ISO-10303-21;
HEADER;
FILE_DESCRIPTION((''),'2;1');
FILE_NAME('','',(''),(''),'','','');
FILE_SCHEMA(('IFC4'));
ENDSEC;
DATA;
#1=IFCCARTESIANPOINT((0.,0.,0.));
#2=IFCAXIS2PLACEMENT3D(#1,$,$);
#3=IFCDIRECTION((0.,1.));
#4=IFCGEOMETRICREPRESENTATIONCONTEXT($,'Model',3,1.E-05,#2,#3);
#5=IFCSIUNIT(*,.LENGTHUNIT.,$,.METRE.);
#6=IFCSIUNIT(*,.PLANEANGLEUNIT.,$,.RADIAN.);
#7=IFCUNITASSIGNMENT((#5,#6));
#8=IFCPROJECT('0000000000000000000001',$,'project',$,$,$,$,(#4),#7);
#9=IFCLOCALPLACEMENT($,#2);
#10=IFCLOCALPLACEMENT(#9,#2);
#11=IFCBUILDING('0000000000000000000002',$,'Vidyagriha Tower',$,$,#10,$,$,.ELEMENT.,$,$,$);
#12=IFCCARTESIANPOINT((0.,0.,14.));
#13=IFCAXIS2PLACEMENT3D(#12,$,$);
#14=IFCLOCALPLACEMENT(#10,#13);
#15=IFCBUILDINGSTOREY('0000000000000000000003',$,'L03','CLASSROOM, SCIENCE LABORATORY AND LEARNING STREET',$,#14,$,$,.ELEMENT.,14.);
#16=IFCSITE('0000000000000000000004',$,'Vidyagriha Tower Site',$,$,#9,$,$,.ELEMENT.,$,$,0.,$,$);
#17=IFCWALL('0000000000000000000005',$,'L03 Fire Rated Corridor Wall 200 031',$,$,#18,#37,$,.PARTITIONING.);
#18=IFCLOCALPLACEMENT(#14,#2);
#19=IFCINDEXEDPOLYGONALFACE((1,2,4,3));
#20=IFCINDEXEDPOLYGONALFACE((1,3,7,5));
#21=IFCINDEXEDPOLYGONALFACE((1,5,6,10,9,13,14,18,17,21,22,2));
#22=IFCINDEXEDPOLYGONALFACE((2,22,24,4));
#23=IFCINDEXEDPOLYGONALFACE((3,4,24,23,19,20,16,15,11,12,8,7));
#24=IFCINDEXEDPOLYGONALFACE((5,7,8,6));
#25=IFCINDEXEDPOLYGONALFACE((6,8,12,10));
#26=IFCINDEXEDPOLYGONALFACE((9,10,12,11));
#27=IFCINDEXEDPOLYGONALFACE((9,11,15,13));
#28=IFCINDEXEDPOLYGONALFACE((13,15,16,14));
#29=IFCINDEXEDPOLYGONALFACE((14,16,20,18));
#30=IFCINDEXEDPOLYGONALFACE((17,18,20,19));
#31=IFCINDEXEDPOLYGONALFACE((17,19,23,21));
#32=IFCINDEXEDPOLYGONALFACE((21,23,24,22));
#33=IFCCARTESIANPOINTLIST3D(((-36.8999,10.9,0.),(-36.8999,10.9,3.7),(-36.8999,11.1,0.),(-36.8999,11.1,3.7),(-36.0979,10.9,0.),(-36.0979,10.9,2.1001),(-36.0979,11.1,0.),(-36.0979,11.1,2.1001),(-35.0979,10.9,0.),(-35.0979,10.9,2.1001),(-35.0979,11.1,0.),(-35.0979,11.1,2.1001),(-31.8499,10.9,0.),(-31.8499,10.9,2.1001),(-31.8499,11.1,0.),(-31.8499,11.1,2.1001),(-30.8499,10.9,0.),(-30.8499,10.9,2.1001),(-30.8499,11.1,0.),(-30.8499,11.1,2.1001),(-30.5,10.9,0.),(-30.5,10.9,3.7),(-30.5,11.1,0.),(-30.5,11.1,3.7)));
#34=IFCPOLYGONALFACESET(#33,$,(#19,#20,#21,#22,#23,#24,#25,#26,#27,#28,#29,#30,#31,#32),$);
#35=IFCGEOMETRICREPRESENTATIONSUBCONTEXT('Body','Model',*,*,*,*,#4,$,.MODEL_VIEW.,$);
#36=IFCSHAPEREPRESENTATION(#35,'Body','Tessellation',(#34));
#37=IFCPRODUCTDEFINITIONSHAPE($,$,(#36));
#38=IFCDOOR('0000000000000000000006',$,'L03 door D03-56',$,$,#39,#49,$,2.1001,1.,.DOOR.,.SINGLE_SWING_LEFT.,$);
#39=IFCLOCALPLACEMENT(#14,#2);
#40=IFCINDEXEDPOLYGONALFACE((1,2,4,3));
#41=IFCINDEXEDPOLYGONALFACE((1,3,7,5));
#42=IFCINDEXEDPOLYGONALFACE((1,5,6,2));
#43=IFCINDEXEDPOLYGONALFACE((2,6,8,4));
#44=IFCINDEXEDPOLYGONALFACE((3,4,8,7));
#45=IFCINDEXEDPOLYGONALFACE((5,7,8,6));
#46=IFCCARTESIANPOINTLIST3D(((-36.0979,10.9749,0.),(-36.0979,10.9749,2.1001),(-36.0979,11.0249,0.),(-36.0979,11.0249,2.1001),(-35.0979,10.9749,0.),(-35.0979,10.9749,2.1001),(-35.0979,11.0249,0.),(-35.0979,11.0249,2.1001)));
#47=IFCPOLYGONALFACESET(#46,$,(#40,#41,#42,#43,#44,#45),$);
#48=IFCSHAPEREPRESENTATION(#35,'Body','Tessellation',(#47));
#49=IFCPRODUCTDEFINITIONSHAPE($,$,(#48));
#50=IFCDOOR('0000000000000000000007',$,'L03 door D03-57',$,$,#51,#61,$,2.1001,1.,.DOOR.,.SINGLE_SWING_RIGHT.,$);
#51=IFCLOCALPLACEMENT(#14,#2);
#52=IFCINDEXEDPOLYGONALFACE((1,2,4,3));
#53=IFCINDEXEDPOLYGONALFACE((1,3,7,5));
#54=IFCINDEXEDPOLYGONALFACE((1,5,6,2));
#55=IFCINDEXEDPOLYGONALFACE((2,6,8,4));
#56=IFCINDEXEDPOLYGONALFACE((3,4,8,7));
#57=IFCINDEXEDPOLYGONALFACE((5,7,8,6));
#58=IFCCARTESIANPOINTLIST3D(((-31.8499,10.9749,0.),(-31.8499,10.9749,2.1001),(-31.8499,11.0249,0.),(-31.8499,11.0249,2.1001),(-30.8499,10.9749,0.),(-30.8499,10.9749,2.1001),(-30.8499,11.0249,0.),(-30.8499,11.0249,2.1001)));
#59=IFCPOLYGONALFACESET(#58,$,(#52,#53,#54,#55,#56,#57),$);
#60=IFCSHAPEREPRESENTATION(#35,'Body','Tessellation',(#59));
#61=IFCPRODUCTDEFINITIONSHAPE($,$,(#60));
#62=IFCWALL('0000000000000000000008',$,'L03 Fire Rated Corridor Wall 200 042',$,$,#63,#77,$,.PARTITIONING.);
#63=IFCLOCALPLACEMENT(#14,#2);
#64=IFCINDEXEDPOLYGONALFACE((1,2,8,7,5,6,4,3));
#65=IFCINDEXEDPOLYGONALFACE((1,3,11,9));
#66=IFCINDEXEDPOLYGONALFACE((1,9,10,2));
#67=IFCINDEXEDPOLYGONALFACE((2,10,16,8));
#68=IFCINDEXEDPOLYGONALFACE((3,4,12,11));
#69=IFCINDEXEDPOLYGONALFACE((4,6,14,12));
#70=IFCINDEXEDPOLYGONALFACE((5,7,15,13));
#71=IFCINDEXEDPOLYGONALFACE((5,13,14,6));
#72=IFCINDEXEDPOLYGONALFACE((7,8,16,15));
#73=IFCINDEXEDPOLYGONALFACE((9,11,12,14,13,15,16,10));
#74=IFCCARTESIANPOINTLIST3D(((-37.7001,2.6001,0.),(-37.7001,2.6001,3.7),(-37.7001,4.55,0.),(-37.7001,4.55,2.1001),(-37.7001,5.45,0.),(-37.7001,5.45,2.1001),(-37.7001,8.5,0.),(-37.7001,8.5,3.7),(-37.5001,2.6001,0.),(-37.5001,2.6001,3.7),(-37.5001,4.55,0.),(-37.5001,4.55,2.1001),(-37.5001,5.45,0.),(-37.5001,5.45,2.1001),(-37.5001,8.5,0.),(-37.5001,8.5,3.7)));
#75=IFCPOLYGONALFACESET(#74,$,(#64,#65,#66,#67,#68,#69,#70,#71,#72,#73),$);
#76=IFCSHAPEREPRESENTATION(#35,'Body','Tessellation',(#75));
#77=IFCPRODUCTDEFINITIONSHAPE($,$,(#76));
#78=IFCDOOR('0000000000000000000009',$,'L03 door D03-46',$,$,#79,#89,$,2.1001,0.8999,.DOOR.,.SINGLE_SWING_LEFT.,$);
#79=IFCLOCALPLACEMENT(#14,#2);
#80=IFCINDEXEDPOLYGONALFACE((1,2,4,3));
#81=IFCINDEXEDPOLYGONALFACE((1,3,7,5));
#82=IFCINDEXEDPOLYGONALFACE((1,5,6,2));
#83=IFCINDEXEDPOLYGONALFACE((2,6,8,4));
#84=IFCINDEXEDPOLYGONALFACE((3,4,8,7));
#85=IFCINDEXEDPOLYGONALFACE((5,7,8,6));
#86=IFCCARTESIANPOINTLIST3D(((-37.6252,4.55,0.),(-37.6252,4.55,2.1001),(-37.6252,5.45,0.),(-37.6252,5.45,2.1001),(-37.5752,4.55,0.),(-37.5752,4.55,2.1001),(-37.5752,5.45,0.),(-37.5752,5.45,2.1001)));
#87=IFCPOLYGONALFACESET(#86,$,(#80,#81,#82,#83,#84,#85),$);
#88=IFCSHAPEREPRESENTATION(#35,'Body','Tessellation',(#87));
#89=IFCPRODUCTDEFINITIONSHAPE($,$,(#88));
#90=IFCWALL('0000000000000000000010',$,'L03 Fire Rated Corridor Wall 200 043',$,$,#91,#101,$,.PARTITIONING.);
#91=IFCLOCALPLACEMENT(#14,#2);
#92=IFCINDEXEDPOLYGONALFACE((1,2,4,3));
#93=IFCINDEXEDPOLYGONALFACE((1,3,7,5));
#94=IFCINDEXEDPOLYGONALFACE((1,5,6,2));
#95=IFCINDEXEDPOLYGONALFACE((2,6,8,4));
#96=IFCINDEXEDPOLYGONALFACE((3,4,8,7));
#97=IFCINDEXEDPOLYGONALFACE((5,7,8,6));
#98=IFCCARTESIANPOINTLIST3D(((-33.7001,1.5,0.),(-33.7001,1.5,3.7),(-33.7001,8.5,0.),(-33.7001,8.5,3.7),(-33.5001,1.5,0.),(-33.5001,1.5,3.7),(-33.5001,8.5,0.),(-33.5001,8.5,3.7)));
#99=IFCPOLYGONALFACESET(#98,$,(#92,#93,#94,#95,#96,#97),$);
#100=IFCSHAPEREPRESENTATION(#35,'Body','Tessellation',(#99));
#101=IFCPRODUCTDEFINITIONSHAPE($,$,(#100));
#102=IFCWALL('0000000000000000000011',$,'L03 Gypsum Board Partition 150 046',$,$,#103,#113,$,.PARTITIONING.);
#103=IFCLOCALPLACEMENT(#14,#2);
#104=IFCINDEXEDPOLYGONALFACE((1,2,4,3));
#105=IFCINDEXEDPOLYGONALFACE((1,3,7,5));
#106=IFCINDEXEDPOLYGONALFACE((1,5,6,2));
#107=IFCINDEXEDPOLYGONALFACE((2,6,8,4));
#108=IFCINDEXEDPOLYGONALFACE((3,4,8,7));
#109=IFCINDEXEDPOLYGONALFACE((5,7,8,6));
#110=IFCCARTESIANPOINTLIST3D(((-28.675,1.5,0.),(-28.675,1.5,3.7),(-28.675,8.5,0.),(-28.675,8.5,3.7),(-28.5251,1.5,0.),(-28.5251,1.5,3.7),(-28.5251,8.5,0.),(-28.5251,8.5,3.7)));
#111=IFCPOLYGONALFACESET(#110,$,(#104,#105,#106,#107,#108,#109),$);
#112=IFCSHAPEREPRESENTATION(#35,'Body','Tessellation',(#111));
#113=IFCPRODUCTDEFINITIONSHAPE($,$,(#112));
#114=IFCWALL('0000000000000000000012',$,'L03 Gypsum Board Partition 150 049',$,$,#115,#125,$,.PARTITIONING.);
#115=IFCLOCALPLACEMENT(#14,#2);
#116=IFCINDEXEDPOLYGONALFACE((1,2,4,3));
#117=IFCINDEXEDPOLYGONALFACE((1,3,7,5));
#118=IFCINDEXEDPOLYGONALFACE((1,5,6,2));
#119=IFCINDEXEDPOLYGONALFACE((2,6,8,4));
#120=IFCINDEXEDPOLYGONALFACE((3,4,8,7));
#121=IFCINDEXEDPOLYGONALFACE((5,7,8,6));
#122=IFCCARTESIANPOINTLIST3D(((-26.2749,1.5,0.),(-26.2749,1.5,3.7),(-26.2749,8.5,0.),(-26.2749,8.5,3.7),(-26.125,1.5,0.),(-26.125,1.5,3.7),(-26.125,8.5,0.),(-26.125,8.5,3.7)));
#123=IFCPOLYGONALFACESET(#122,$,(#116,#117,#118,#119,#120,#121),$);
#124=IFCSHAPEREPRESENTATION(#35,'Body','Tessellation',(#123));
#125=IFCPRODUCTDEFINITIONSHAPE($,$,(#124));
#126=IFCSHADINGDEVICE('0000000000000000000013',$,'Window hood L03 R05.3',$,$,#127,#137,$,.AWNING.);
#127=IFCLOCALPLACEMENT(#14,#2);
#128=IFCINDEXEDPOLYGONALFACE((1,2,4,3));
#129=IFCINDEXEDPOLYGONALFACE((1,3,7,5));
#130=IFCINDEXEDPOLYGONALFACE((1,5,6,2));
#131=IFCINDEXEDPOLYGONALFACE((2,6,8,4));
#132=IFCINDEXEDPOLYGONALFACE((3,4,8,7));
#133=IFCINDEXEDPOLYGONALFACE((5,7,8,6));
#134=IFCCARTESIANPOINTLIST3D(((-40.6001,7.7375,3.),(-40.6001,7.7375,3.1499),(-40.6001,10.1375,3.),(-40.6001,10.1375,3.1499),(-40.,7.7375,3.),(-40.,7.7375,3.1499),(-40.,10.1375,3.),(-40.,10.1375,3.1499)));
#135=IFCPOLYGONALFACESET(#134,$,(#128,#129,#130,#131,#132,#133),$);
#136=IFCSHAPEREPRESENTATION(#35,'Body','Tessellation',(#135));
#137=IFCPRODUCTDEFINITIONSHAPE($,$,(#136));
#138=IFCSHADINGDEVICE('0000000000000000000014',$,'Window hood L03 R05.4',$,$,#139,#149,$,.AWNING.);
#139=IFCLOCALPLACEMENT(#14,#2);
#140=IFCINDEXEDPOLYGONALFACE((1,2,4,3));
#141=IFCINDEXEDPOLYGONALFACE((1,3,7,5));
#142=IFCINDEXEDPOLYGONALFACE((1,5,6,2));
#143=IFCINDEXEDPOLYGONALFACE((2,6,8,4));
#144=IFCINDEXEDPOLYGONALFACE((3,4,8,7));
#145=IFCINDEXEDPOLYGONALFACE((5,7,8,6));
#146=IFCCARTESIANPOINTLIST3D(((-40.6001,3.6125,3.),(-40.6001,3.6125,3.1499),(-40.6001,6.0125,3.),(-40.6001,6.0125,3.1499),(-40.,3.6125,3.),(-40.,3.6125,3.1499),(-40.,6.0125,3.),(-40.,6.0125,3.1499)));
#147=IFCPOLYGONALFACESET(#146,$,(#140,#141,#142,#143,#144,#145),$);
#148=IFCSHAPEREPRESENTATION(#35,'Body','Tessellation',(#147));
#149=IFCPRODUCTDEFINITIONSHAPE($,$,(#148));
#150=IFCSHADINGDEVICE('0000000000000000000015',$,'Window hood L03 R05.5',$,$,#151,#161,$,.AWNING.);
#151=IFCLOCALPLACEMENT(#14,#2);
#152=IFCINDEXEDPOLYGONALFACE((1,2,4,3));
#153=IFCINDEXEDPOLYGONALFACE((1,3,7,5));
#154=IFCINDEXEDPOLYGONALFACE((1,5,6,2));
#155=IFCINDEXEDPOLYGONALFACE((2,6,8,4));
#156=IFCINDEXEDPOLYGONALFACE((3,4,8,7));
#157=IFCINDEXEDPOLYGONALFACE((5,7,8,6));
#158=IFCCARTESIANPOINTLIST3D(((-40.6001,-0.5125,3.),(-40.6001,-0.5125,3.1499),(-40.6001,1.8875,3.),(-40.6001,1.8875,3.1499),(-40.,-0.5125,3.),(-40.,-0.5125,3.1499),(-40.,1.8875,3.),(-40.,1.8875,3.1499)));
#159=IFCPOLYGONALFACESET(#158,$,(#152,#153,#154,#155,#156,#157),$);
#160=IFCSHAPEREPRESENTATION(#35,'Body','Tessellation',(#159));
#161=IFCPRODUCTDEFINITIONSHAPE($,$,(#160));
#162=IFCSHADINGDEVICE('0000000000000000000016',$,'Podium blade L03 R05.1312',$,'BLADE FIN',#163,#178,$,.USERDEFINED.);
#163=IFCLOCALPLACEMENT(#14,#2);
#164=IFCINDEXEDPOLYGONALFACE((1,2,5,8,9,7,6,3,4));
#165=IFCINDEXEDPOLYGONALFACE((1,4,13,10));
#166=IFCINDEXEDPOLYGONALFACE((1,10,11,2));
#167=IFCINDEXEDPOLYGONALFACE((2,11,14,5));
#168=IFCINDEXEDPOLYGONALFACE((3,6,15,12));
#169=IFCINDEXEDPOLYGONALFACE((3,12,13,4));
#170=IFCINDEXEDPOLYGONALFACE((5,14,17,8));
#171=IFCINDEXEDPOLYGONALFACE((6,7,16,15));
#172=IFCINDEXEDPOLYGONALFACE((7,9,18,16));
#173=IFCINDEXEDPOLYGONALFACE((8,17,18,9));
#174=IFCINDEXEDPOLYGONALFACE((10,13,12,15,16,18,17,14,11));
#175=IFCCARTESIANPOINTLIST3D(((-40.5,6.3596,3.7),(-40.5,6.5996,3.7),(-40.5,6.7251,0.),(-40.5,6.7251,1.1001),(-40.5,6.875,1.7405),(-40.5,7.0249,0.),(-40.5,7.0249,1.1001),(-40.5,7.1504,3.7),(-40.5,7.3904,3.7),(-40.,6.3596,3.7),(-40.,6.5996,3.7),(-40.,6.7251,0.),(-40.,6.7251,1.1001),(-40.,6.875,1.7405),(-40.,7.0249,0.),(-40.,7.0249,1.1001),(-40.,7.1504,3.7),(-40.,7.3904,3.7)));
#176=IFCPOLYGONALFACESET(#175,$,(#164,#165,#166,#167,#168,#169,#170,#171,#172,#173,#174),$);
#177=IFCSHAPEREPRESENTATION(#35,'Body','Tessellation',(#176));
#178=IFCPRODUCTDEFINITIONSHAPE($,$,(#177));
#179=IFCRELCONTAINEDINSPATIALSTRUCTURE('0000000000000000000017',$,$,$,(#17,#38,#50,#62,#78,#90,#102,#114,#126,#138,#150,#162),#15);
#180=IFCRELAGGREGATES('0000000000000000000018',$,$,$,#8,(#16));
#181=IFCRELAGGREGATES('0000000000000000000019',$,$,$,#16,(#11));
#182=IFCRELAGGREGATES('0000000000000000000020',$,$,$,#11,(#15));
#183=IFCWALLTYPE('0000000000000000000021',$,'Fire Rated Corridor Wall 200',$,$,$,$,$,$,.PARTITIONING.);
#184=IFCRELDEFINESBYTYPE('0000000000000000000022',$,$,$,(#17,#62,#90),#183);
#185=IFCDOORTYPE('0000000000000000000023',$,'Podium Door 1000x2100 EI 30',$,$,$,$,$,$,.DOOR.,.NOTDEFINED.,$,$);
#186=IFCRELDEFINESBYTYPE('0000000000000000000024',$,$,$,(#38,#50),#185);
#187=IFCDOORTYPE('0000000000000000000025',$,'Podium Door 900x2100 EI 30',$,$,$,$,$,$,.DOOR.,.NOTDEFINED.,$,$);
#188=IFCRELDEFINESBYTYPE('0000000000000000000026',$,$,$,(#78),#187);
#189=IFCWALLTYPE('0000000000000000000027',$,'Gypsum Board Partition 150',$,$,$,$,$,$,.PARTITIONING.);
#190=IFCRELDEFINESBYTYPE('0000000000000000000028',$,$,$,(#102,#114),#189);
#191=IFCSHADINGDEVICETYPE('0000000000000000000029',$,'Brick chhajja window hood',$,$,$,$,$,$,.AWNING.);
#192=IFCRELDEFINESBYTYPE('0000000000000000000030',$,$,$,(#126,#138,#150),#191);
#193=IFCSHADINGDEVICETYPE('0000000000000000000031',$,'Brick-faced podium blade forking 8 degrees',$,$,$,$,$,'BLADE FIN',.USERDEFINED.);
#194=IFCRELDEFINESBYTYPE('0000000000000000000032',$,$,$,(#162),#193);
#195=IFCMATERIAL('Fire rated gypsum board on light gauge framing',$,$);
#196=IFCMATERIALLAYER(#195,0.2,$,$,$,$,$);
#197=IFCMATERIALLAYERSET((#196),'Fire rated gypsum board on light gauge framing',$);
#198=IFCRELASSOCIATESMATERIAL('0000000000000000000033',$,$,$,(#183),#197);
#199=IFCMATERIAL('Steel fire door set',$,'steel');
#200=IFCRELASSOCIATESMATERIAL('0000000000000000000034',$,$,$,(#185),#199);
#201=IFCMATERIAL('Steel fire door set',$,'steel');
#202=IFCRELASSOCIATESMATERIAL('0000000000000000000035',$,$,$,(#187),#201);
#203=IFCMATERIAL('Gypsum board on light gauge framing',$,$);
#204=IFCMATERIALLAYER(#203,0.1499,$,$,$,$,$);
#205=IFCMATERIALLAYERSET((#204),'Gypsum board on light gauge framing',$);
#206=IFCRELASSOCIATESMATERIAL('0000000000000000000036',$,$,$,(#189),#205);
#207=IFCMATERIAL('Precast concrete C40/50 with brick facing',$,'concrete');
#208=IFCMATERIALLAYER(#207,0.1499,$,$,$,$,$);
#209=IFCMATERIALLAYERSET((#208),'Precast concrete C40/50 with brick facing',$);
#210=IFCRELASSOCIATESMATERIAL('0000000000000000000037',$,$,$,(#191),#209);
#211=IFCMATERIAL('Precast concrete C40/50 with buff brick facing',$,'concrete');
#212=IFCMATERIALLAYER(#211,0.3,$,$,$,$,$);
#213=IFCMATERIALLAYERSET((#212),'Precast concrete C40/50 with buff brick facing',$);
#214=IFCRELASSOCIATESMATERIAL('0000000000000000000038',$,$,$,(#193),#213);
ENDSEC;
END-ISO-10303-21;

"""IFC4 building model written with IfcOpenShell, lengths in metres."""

from ifc_helpers import new_model, si_unit, direction, frame, frame_2d, origin, origin_2d, place, context, subcontext, project, spatial, polyline, rectangle, outline, extrude, material, layer, layer_set, type_object, element, fill, save


model = new_model("IFC4")

# Units and contexts
model_context = context("Model", 3, precision=1e-05, world=origin(), true_north=direction((0.0, 1.0)))
body_context = subcontext(model_context, "Body", "Model", "MODEL_VIEW")
ifc_project = project(units=[si_unit("LENGTHUNIT", "METRE"), si_unit("PLANEANGLEUNIT", "RADIAN")], contexts=[model_context])

# Site, building, storey
site_placement = place(None, origin())
site = spatial("IfcSite", under=ifc_project, at=site_placement, Name="Vidyagriha Tower Site", CompositionType="ELEMENT", RefElevation=0.0)
building_placement = place(site_placement, origin())
building = spatial("IfcBuilding", under=site, at=building_placement, Name="Vidyagriha Tower", CompositionType="ELEMENT")
storey_placement = place(building_placement, frame((0.0, 0.0, 14.0)))
storey = spatial("IfcBuildingStorey", under=building, at=storey_placement, Name="L03", Description="CLASSROOM, SCIENCE LABORATORY AND LEARNING STREET", CompositionType="ELEMENT", Elevation=14.0)

# Shared definitions
ifc_material_1 = material(Name="Fire rated gypsum board on light gauge framing")
ifc_layer_1 = layer(ifc_material_1, 0.2)
ifc_layer_set_1 = layer_set([ifc_layer_1], Name="Fire rated gypsum board on light gauge framing")
wall_type_1 = type_object("IfcWallType", Name="Fire Rated Corridor Wall 200", PredefinedType="PARTITIONING", material=ifc_layer_set_1)
ifc_material_2 = material(Name="Steel fire door set", Category="steel")
door_type_1 = type_object("IfcDoorType", Name="Podium Door 1000x2100 EI 30", OperationType="NOTDEFINED", PredefinedType="DOOR", material=ifc_material_2)

# Wall, openings, doors
wall_1_placement = place(storey_placement, frame((-36.8999, 11.0, 0.0)))
wall_1 = element("IfcWall", 1, at=wall_1_placement, inside=storey, type_object=wall_type_1, Name="L03 Fire Rated Corridor Wall 200 031", PredefinedType="PARTITIONING", context=body_context, shape_type="SweptSolid", body=[
    extrude(rectangle(XDim=6.3999, YDim=0.2, at=frame_2d((3.2, 0.0))), origin(), (0.0, 0.0, 1.0), 3.7),
])
opening_1_placement = place(wall_1_placement, frame((0.802, 0.0, 0.0)))
opening_1 = element("IfcOpeningElement", 2, at=opening_1_placement, cuts=wall_1, PredefinedType="OPENING", context=body_context, shape_type="SweptSolid", body=[
    extrude(rectangle(XDim=1.0, YDim=2.1001, at=frame_2d((0.5, 1.05))), frame((0.0, 0.1099, 0.0), z_axis=(0.0, -1.0, 0.0), x_axis=(1.0, 0.0, 0.0)), (0.0, 0.0, 1.0), 0.22),
])
opening_2_placement = place(wall_1_placement, frame((5.05, 0.0, 0.0)))
opening_2 = element("IfcOpeningElement", 3, at=opening_2_placement, cuts=wall_1, PredefinedType="OPENING", context=body_context, shape_type="SweptSolid", body=[
    extrude(rectangle(XDim=1.0, YDim=2.1001, at=frame_2d((0.5, 1.05))), frame((0.0, 0.1099, 0.0), z_axis=(0.0, -1.0, 0.0), x_axis=(1.0, 0.0, 0.0)), (0.0, 0.0, 1.0), 0.22),
])
door_1_placement = place(opening_1_placement, origin())
door_1 = element("IfcDoor", 4, at=door_1_placement, inside=storey, type_object=door_type_1, Name="L03 door D03-56", OperationType="SINGLE_SWING_LEFT", OverallHeight=2.1001, OverallWidth=1.0, PredefinedType="DOOR", context=body_context, shape_type="SweptSolid", body=[
    extrude(rectangle(XDim=1.0, YDim=2.1001, at=frame_2d((0.5, 1.05))), frame((0.0, 0.0249, 0.0), z_axis=(0.0, -1.0, 0.0), x_axis=(1.0, 0.0, 0.0)), (0.0, 0.0, 1.0), 0.05),
])
fill(opening_1, door_1)
door_2_placement = place(opening_2_placement, origin())
door_2 = element("IfcDoor", 5, at=door_2_placement, inside=storey, type_object=door_type_1, Name="L03 door D03-57", OperationType="SINGLE_SWING_RIGHT", OverallHeight=2.1001, OverallWidth=1.0, PredefinedType="DOOR", context=body_context, shape_type="SweptSolid", body=[
    extrude(rectangle(XDim=1.0, YDim=2.1001, at=frame_2d((0.5, 1.05))), frame((0.0, 0.0249, 0.0), z_axis=(0.0, -1.0, 0.0), x_axis=(1.0, 0.0, 0.0)), (0.0, 0.0, 1.0), 0.05),
])
fill(opening_2, door_2)

# Wall, opening, door
wall_2_placement = place(storey_placement, frame((-37.6001, 2.6001, 0.0), z_axis=(0.0, 0.0, 1.0), x_axis=(0.0, 1.0, 0.0)))
wall_2 = element("IfcWall", 6, at=wall_2_placement, inside=storey, type_object=wall_type_1, Name="L03 Fire Rated Corridor Wall 200 042", PredefinedType="PARTITIONING", context=body_context, shape_type="SweptSolid", body=[
    extrude(rectangle(XDim=5.8999, YDim=0.2, at=frame_2d((2.95, 0.0))), origin(), (0.0, 0.0, 1.0), 3.7),
])
opening_3_placement = place(wall_2_placement, frame((1.95, 0.0, 0.0)))
opening_3 = element("IfcOpeningElement", 7, at=opening_3_placement, cuts=wall_2, PredefinedType="OPENING", context=body_context, shape_type="SweptSolid", body=[
    extrude(rectangle(XDim=0.8999, YDim=2.1001, at=frame_2d((0.45, 1.05))), frame((0.0, 0.1099, 0.0), z_axis=(0.0, -1.0, 0.0), x_axis=(1.0, 0.0, 0.0)), (0.0, 0.0, 1.0), 0.22),
])
ifc_material_3 = material(Name="Steel fire door set", Category="steel")
door_type_2 = type_object("IfcDoorType", Name="Podium Door 900x2100 EI 30", OperationType="NOTDEFINED", PredefinedType="DOOR", material=ifc_material_3)
door_3_placement = place(opening_3_placement, frame((0.8999, 0.0, 0.0), z_axis=(0.0, 0.0, 1.0), x_axis=(-1.0, 0.0, 0.0)))
door_3 = element("IfcDoor", 8, at=door_3_placement, inside=storey, type_object=door_type_2, Name="L03 door D03-46", OperationType="SINGLE_SWING_LEFT", OverallHeight=2.1001, OverallWidth=0.8999, PredefinedType="DOOR", context=body_context, shape_type="SweptSolid", body=[
    extrude(rectangle(XDim=0.8999, YDim=2.1001, at=frame_2d((0.45, 1.05))), frame((0.0, 0.0249, 0.0), z_axis=(0.0, -1.0, 0.0), x_axis=(1.0, 0.0, 0.0)), (0.0, 0.0, 1.0), 0.05),
])
fill(opening_3, door_3)

# Walls
wall_3_placement = place(storey_placement, frame((-33.6001, 1.5, 0.0), z_axis=(0.0, 0.0, 1.0), x_axis=(0.0, 1.0, 0.0)))
element("IfcWall", 9, at=wall_3_placement, inside=storey, type_object=wall_type_1, Name="L03 Fire Rated Corridor Wall 200 043", PredefinedType="PARTITIONING", context=body_context, shape_type="SweptSolid", body=[
    extrude(rectangle(XDim=7.0, YDim=0.2, at=frame_2d((3.5, 0.0))), origin(), (0.0, 0.0, 1.0), 3.7),
])
ifc_material_4 = material(Name="Gypsum board on light gauge framing")
ifc_layer_2 = layer(ifc_material_4, 0.1499)
ifc_layer_set_2 = layer_set([ifc_layer_2], Name="Gypsum board on light gauge framing")
wall_type_2 = type_object("IfcWallType", Name="Gypsum Board Partition 150", PredefinedType="PARTITIONING", material=ifc_layer_set_2)
for number, where, z_axis, x_axis, name in (
    (10, (-28.6001, 1.5, 0.0), (0.0, 0.0, 1.0), (0.0, 1.0, 0.0), "L03 Gypsum Board Partition 150 046"),
    (11, (-26.2, 1.5, 0.0), (0.0, 0.0, 1.0), (0.0, 1.0, 0.0), "L03 Gypsum Board Partition 150 049"),
):
    element("IfcWall", number, at=place(storey_placement, frame(where, z_axis=z_axis, x_axis=x_axis)), inside=storey, type_object=wall_type_2, Name=name, PredefinedType="PARTITIONING", context=body_context, shape_type="SweptSolid", body=[
        extrude(rectangle(XDim=7.0, YDim=0.1499, at=frame_2d((3.5, 0.0))), origin(), (0.0, 0.0, 1.0), 3.7),
    ])

# Shading devices
ifc_material_5 = material(Name="Precast concrete C40/50 with brick facing", Category="concrete")
ifc_layer_3 = layer(ifc_material_5, 0.1499)
ifc_layer_set_3 = layer_set([ifc_layer_3], Name="Precast concrete C40/50 with brick facing")
shading_device_type_1 = type_object("IfcShadingDeviceType", Name="Brick chhajja window hood", PredefinedType="AWNING", material=ifc_layer_set_3)
for number, where, z_axis, x_axis, name in (
    (12, (-40.3, 8.9375, 3.0), (0.0, 0.0, 1.0), (0.0, -1.0, 0.0), "Window hood L03 R05.3"),
    (13, (-40.3, 4.8125, 3.0), (0.0, 0.0, 1.0), (0.0, -1.0, 0.0), "Window hood L03 R05.4"),
    (14, (-40.3, 0.6875, 3.0), (0.0, 0.0, 1.0), (0.0, -1.0, 0.0), "Window hood L03 R05.5"),
):
    element("IfcShadingDevice", number, at=place(storey_placement, frame(where, z_axis=z_axis, x_axis=x_axis)), inside=storey, type_object=shading_device_type_1, Name=name, PredefinedType="AWNING", context=body_context, shape_type="SweptSolid", body=[
        extrude(rectangle(XDim=2.3999, YDim=0.6001, at=origin_2d()), origin(), (0.0, 0.0, 1.0), 0.1499),
    ])
ifc_material_6 = material(Name="Precast concrete C40/50 with buff brick facing", Category="concrete")
ifc_layer_4 = layer(ifc_material_6, 0.3)
ifc_layer_set_4 = layer_set([ifc_layer_4], Name="Precast concrete C40/50 with buff brick facing")
shading_device_type_2 = type_object("IfcShadingDeviceType", Name="Brick-faced podium blade forking 8 degrees", ElementType="BLADE FIN", PredefinedType="USERDEFINED", material=ifc_layer_set_4)
for number, where, z_axis, x_axis, name in (
    (15, (-40.25, 7.3904, 0.0), (0.0, 0.0, 1.0), (0.0, -1.0, 0.0), "Podium blade L03 R05.1312"),
):
    element("IfcShadingDevice", number, at=place(storey_placement, frame(where, z_axis=z_axis, x_axis=x_axis)), inside=storey, type_object=shading_device_type_2, Name=name, ObjectType="BLADE FIN", PredefinedType="USERDEFINED", context=body_context, shape_type="SweptSolid", body=[
        extrude(outline(polyline([(0.6653, 0.0), (0.6653, 1.1001), (1.0308, 3.7), (0.7908, 3.7), (0.5154, 1.7405), (0.24, 3.7), (0.0, 3.7), (0.3655, 1.1001), (0.3655, 0.0), (0.6653, 0.0)])), frame((0.0, 0.25, 0.0), z_axis=(0.0, -1.0, 0.0), x_axis=(1.0, 0.0, 0.0)), (0.0, 0.0, 1.0), 0.5),
    ])

save(model, "model.ifc")
